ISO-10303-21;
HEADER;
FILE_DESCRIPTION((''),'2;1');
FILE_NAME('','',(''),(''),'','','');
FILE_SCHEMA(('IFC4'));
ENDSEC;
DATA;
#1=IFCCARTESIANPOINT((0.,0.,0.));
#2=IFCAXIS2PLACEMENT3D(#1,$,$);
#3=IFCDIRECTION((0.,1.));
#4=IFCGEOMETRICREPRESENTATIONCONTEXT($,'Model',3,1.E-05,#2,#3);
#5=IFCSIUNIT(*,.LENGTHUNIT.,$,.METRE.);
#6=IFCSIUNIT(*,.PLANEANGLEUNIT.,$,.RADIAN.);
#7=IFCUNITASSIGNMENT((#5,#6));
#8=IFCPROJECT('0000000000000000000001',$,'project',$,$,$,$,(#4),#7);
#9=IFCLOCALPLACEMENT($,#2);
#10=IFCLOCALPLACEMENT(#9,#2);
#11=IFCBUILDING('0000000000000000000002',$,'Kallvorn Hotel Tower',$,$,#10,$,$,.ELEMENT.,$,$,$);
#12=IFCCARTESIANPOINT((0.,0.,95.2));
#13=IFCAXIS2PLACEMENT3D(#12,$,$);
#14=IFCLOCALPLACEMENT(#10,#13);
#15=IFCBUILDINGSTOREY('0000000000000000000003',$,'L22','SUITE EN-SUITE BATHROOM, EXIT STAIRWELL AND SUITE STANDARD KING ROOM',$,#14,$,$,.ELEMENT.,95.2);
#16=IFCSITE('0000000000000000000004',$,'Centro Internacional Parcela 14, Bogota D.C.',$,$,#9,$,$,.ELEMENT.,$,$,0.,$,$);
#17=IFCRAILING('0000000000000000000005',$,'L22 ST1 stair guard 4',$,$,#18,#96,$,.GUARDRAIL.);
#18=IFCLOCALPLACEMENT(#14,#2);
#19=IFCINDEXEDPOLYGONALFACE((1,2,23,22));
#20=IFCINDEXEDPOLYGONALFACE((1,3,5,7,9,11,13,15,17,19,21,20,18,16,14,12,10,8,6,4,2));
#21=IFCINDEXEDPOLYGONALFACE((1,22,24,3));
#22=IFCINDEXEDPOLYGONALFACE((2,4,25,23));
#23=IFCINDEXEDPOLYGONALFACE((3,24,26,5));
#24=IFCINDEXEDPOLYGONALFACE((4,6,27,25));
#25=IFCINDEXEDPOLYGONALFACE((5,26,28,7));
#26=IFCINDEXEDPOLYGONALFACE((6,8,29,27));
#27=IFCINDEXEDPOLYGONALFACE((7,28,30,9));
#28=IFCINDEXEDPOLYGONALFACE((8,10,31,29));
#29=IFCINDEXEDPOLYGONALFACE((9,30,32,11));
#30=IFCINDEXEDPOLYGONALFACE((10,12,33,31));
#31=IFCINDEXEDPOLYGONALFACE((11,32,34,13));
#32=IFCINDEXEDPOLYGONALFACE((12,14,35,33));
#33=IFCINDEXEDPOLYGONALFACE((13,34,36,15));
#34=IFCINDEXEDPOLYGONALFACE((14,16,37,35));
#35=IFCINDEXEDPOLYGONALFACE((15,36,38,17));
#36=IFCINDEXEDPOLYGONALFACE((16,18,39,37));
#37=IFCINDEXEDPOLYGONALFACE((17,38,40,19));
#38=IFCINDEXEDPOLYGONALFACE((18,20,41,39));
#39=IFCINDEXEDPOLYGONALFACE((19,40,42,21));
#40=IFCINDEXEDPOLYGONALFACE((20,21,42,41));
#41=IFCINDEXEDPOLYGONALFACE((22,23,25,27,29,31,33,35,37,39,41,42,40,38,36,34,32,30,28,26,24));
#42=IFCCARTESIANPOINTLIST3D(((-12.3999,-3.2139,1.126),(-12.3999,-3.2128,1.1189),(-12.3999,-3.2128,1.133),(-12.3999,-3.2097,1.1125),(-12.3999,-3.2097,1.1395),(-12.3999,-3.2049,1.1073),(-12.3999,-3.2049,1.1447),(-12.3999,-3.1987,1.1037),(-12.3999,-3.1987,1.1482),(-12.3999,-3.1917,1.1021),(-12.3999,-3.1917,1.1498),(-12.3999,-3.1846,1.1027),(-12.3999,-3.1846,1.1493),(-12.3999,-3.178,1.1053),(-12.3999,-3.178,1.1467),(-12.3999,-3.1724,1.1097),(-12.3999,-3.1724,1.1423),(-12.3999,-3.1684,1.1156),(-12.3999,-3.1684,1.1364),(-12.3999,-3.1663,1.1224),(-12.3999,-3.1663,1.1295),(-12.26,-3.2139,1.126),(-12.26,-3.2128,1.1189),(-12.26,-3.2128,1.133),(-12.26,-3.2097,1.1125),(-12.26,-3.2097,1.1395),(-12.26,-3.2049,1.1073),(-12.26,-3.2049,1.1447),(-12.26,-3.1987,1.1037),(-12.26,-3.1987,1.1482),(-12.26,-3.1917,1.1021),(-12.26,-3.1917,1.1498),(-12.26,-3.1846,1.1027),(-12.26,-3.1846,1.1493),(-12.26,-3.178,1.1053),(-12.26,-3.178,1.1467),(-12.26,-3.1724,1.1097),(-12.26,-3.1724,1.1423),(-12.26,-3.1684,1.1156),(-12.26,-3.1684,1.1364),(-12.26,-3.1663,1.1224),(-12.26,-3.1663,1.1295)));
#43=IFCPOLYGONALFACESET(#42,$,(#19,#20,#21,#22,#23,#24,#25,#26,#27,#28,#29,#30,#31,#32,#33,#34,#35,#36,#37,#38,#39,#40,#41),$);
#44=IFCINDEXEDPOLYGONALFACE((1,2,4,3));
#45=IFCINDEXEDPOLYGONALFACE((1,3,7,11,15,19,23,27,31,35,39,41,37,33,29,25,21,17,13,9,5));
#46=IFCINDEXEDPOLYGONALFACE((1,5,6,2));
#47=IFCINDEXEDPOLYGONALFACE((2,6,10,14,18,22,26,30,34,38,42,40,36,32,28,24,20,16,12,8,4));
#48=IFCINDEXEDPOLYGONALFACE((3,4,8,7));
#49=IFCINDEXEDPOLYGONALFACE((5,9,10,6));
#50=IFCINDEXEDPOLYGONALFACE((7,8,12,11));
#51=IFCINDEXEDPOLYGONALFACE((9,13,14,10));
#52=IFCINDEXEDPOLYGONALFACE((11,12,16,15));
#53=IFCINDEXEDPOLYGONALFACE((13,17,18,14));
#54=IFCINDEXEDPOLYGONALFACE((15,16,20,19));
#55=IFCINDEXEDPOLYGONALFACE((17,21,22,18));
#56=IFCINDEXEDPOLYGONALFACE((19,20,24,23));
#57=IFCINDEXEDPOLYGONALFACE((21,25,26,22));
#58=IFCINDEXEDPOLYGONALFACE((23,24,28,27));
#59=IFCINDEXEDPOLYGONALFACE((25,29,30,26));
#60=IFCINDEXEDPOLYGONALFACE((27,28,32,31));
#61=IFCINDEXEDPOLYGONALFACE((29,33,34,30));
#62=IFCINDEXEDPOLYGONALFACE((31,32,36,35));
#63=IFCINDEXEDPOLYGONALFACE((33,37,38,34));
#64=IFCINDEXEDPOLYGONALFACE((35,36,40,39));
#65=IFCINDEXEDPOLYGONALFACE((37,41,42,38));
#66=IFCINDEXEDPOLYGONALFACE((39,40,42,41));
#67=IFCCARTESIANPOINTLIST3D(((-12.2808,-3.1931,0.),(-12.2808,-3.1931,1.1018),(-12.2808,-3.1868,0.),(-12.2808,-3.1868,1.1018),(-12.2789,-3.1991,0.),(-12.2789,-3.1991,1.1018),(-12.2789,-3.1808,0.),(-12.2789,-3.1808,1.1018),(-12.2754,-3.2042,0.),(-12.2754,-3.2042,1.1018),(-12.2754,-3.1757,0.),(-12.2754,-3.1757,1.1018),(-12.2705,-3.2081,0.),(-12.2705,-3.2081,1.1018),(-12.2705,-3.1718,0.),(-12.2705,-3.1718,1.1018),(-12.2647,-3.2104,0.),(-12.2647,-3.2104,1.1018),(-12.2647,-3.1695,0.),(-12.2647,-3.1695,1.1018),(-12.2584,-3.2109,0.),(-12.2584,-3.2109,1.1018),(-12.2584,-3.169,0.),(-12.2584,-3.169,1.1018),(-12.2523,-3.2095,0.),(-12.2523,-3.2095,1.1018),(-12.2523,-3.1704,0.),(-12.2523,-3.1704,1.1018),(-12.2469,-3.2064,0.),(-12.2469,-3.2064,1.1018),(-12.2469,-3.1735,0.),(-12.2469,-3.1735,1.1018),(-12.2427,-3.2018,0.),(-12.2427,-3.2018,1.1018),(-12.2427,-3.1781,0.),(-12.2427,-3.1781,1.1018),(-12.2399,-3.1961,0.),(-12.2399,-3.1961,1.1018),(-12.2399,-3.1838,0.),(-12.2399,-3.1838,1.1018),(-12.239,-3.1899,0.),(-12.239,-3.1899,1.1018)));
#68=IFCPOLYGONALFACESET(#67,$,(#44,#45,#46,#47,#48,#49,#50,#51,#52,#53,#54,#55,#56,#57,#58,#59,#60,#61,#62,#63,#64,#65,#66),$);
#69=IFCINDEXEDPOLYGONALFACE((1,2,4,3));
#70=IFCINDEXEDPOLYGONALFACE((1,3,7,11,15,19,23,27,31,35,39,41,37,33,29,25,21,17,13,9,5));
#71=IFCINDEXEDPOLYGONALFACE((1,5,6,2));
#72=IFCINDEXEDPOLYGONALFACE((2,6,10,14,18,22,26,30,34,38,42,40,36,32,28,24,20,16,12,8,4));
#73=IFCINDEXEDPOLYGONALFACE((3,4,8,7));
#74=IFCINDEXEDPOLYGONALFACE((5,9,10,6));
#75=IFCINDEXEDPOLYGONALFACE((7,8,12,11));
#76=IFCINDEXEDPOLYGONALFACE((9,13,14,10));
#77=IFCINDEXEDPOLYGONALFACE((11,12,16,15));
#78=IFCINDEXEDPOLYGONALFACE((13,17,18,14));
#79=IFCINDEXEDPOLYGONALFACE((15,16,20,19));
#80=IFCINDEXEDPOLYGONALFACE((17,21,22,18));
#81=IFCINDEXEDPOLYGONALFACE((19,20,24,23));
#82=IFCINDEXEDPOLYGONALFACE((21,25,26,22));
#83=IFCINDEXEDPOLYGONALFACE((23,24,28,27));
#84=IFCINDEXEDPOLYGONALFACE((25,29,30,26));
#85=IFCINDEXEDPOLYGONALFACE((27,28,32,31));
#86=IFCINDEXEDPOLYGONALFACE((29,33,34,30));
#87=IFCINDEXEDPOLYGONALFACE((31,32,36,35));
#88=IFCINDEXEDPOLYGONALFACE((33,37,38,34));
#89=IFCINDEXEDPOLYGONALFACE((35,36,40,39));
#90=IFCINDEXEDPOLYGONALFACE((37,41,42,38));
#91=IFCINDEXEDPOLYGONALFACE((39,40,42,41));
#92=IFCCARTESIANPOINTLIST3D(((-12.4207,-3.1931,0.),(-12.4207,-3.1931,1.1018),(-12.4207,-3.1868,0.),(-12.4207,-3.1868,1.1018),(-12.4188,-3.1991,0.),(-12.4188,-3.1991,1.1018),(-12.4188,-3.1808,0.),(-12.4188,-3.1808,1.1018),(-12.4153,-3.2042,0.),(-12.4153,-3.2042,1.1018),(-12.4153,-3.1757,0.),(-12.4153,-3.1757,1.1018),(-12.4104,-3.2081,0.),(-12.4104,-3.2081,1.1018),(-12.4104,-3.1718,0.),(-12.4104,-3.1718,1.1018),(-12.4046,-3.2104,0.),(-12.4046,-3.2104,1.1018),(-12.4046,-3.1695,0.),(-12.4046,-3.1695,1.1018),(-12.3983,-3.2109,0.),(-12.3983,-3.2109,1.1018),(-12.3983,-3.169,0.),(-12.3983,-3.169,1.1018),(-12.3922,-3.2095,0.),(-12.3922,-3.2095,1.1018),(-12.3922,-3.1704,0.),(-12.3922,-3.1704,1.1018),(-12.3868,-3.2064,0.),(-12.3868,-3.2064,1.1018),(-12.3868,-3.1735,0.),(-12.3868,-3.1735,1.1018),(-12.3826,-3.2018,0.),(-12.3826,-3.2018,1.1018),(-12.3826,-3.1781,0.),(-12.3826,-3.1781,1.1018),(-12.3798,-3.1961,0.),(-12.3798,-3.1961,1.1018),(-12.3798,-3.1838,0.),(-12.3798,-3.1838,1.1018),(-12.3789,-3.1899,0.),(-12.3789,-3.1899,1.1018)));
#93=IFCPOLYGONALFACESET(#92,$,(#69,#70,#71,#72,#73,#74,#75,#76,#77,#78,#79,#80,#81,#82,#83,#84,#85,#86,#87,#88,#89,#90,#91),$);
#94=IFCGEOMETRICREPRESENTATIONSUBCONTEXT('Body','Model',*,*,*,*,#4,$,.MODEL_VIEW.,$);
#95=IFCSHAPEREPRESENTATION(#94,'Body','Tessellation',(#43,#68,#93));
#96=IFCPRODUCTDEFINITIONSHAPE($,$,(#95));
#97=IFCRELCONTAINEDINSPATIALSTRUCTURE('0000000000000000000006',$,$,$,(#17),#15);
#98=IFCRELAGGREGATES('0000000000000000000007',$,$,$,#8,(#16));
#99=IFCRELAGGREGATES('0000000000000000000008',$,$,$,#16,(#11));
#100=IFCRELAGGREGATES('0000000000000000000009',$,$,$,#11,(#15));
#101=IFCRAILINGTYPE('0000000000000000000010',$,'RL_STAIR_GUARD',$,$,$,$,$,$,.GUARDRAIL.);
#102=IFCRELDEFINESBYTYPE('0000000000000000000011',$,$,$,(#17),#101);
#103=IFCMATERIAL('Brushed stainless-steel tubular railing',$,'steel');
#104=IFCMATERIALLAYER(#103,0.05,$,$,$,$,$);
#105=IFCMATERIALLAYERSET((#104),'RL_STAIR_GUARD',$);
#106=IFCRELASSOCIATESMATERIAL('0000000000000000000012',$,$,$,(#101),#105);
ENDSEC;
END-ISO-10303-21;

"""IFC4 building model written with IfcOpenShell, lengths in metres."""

from ifc_helpers import new_model, si_unit, direction, frame, origin, origin_2d, place, context, subcontext, project, spatial, circle, extrude, material, layer, layer_set, type_object, element, save


model = new_model("IFC4")

# Units and contexts
model_context = context("Model", 3, precision=1e-05, world=origin(), true_north=direction((0.0, 1.0)))
body_context = subcontext(model_context, "Body", "Model", "MODEL_VIEW")
ifc_project = project(units=[si_unit("LENGTHUNIT", "METRE"), si_unit("PLANEANGLEUNIT", "RADIAN")], contexts=[model_context])

# Site, building, storey
site_placement = place(None, origin())
site = spatial("IfcSite", under=ifc_project, at=site_placement, Name="Centro Internacional Parcela 14, Bogota D.C.", CompositionType="ELEMENT", RefElevation=0.0)
building_placement = place(site_placement, origin())
building = spatial("IfcBuilding", under=site, at=building_placement, Name="Kallvorn Hotel Tower", CompositionType="ELEMENT")
storey_placement = place(building_placement, frame((0.0, 0.0, 95.2)))
storey = spatial("IfcBuildingStorey", under=building, at=storey_placement, Name="L22", Description="SUITE EN-SUITE BATHROOM, EXIT STAIRWELL AND SUITE STANDARD KING ROOM", CompositionType="ELEMENT", Elevation=95.2)

# Railing
ifc_material_1 = material(Name="Brushed stainless-steel tubular railing", Category="steel")
ifc_layer_1 = layer(ifc_material_1, 0.05)
ifc_layer_set_1 = layer_set([ifc_layer_1], Name="RL_STAIR_GUARD")
railing_type_1 = type_object("IfcRailingType", Name="RL_STAIR_GUARD", PredefinedType="GUARDRAIL", material=ifc_layer_set_1)
railing_1_placement = place(storey_placement, frame((-12.26, -3.1899, 0.0)))
element("IfcRailing", 1, at=railing_1_placement, inside=storey, type_object=railing_type_1, Name="L22 ST1 stair guard 4", PredefinedType="GUARDRAIL", context=body_context, shape_type="SweptSolid", body=[
    extrude(circle(Radius=0.0239, at=origin_2d()), frame((0.0, 0.0, 1.126), z_axis=(-1.0, 0.0, 0.0), x_axis=(0.0, -1.0, 0.0)), (0.0, 0.0, 1.0), 0.1399),
    extrude(circle(Radius=0.021, at=origin_2d()), origin(), (0.0, 0.0, 1.0), 1.1018),
    extrude(circle(Radius=0.021, at=origin_2d()), frame((-0.1399, 0.0, 0.0)), (0.0, 0.0, 1.0), 1.1018),
])

save(model, "model.ifc")
